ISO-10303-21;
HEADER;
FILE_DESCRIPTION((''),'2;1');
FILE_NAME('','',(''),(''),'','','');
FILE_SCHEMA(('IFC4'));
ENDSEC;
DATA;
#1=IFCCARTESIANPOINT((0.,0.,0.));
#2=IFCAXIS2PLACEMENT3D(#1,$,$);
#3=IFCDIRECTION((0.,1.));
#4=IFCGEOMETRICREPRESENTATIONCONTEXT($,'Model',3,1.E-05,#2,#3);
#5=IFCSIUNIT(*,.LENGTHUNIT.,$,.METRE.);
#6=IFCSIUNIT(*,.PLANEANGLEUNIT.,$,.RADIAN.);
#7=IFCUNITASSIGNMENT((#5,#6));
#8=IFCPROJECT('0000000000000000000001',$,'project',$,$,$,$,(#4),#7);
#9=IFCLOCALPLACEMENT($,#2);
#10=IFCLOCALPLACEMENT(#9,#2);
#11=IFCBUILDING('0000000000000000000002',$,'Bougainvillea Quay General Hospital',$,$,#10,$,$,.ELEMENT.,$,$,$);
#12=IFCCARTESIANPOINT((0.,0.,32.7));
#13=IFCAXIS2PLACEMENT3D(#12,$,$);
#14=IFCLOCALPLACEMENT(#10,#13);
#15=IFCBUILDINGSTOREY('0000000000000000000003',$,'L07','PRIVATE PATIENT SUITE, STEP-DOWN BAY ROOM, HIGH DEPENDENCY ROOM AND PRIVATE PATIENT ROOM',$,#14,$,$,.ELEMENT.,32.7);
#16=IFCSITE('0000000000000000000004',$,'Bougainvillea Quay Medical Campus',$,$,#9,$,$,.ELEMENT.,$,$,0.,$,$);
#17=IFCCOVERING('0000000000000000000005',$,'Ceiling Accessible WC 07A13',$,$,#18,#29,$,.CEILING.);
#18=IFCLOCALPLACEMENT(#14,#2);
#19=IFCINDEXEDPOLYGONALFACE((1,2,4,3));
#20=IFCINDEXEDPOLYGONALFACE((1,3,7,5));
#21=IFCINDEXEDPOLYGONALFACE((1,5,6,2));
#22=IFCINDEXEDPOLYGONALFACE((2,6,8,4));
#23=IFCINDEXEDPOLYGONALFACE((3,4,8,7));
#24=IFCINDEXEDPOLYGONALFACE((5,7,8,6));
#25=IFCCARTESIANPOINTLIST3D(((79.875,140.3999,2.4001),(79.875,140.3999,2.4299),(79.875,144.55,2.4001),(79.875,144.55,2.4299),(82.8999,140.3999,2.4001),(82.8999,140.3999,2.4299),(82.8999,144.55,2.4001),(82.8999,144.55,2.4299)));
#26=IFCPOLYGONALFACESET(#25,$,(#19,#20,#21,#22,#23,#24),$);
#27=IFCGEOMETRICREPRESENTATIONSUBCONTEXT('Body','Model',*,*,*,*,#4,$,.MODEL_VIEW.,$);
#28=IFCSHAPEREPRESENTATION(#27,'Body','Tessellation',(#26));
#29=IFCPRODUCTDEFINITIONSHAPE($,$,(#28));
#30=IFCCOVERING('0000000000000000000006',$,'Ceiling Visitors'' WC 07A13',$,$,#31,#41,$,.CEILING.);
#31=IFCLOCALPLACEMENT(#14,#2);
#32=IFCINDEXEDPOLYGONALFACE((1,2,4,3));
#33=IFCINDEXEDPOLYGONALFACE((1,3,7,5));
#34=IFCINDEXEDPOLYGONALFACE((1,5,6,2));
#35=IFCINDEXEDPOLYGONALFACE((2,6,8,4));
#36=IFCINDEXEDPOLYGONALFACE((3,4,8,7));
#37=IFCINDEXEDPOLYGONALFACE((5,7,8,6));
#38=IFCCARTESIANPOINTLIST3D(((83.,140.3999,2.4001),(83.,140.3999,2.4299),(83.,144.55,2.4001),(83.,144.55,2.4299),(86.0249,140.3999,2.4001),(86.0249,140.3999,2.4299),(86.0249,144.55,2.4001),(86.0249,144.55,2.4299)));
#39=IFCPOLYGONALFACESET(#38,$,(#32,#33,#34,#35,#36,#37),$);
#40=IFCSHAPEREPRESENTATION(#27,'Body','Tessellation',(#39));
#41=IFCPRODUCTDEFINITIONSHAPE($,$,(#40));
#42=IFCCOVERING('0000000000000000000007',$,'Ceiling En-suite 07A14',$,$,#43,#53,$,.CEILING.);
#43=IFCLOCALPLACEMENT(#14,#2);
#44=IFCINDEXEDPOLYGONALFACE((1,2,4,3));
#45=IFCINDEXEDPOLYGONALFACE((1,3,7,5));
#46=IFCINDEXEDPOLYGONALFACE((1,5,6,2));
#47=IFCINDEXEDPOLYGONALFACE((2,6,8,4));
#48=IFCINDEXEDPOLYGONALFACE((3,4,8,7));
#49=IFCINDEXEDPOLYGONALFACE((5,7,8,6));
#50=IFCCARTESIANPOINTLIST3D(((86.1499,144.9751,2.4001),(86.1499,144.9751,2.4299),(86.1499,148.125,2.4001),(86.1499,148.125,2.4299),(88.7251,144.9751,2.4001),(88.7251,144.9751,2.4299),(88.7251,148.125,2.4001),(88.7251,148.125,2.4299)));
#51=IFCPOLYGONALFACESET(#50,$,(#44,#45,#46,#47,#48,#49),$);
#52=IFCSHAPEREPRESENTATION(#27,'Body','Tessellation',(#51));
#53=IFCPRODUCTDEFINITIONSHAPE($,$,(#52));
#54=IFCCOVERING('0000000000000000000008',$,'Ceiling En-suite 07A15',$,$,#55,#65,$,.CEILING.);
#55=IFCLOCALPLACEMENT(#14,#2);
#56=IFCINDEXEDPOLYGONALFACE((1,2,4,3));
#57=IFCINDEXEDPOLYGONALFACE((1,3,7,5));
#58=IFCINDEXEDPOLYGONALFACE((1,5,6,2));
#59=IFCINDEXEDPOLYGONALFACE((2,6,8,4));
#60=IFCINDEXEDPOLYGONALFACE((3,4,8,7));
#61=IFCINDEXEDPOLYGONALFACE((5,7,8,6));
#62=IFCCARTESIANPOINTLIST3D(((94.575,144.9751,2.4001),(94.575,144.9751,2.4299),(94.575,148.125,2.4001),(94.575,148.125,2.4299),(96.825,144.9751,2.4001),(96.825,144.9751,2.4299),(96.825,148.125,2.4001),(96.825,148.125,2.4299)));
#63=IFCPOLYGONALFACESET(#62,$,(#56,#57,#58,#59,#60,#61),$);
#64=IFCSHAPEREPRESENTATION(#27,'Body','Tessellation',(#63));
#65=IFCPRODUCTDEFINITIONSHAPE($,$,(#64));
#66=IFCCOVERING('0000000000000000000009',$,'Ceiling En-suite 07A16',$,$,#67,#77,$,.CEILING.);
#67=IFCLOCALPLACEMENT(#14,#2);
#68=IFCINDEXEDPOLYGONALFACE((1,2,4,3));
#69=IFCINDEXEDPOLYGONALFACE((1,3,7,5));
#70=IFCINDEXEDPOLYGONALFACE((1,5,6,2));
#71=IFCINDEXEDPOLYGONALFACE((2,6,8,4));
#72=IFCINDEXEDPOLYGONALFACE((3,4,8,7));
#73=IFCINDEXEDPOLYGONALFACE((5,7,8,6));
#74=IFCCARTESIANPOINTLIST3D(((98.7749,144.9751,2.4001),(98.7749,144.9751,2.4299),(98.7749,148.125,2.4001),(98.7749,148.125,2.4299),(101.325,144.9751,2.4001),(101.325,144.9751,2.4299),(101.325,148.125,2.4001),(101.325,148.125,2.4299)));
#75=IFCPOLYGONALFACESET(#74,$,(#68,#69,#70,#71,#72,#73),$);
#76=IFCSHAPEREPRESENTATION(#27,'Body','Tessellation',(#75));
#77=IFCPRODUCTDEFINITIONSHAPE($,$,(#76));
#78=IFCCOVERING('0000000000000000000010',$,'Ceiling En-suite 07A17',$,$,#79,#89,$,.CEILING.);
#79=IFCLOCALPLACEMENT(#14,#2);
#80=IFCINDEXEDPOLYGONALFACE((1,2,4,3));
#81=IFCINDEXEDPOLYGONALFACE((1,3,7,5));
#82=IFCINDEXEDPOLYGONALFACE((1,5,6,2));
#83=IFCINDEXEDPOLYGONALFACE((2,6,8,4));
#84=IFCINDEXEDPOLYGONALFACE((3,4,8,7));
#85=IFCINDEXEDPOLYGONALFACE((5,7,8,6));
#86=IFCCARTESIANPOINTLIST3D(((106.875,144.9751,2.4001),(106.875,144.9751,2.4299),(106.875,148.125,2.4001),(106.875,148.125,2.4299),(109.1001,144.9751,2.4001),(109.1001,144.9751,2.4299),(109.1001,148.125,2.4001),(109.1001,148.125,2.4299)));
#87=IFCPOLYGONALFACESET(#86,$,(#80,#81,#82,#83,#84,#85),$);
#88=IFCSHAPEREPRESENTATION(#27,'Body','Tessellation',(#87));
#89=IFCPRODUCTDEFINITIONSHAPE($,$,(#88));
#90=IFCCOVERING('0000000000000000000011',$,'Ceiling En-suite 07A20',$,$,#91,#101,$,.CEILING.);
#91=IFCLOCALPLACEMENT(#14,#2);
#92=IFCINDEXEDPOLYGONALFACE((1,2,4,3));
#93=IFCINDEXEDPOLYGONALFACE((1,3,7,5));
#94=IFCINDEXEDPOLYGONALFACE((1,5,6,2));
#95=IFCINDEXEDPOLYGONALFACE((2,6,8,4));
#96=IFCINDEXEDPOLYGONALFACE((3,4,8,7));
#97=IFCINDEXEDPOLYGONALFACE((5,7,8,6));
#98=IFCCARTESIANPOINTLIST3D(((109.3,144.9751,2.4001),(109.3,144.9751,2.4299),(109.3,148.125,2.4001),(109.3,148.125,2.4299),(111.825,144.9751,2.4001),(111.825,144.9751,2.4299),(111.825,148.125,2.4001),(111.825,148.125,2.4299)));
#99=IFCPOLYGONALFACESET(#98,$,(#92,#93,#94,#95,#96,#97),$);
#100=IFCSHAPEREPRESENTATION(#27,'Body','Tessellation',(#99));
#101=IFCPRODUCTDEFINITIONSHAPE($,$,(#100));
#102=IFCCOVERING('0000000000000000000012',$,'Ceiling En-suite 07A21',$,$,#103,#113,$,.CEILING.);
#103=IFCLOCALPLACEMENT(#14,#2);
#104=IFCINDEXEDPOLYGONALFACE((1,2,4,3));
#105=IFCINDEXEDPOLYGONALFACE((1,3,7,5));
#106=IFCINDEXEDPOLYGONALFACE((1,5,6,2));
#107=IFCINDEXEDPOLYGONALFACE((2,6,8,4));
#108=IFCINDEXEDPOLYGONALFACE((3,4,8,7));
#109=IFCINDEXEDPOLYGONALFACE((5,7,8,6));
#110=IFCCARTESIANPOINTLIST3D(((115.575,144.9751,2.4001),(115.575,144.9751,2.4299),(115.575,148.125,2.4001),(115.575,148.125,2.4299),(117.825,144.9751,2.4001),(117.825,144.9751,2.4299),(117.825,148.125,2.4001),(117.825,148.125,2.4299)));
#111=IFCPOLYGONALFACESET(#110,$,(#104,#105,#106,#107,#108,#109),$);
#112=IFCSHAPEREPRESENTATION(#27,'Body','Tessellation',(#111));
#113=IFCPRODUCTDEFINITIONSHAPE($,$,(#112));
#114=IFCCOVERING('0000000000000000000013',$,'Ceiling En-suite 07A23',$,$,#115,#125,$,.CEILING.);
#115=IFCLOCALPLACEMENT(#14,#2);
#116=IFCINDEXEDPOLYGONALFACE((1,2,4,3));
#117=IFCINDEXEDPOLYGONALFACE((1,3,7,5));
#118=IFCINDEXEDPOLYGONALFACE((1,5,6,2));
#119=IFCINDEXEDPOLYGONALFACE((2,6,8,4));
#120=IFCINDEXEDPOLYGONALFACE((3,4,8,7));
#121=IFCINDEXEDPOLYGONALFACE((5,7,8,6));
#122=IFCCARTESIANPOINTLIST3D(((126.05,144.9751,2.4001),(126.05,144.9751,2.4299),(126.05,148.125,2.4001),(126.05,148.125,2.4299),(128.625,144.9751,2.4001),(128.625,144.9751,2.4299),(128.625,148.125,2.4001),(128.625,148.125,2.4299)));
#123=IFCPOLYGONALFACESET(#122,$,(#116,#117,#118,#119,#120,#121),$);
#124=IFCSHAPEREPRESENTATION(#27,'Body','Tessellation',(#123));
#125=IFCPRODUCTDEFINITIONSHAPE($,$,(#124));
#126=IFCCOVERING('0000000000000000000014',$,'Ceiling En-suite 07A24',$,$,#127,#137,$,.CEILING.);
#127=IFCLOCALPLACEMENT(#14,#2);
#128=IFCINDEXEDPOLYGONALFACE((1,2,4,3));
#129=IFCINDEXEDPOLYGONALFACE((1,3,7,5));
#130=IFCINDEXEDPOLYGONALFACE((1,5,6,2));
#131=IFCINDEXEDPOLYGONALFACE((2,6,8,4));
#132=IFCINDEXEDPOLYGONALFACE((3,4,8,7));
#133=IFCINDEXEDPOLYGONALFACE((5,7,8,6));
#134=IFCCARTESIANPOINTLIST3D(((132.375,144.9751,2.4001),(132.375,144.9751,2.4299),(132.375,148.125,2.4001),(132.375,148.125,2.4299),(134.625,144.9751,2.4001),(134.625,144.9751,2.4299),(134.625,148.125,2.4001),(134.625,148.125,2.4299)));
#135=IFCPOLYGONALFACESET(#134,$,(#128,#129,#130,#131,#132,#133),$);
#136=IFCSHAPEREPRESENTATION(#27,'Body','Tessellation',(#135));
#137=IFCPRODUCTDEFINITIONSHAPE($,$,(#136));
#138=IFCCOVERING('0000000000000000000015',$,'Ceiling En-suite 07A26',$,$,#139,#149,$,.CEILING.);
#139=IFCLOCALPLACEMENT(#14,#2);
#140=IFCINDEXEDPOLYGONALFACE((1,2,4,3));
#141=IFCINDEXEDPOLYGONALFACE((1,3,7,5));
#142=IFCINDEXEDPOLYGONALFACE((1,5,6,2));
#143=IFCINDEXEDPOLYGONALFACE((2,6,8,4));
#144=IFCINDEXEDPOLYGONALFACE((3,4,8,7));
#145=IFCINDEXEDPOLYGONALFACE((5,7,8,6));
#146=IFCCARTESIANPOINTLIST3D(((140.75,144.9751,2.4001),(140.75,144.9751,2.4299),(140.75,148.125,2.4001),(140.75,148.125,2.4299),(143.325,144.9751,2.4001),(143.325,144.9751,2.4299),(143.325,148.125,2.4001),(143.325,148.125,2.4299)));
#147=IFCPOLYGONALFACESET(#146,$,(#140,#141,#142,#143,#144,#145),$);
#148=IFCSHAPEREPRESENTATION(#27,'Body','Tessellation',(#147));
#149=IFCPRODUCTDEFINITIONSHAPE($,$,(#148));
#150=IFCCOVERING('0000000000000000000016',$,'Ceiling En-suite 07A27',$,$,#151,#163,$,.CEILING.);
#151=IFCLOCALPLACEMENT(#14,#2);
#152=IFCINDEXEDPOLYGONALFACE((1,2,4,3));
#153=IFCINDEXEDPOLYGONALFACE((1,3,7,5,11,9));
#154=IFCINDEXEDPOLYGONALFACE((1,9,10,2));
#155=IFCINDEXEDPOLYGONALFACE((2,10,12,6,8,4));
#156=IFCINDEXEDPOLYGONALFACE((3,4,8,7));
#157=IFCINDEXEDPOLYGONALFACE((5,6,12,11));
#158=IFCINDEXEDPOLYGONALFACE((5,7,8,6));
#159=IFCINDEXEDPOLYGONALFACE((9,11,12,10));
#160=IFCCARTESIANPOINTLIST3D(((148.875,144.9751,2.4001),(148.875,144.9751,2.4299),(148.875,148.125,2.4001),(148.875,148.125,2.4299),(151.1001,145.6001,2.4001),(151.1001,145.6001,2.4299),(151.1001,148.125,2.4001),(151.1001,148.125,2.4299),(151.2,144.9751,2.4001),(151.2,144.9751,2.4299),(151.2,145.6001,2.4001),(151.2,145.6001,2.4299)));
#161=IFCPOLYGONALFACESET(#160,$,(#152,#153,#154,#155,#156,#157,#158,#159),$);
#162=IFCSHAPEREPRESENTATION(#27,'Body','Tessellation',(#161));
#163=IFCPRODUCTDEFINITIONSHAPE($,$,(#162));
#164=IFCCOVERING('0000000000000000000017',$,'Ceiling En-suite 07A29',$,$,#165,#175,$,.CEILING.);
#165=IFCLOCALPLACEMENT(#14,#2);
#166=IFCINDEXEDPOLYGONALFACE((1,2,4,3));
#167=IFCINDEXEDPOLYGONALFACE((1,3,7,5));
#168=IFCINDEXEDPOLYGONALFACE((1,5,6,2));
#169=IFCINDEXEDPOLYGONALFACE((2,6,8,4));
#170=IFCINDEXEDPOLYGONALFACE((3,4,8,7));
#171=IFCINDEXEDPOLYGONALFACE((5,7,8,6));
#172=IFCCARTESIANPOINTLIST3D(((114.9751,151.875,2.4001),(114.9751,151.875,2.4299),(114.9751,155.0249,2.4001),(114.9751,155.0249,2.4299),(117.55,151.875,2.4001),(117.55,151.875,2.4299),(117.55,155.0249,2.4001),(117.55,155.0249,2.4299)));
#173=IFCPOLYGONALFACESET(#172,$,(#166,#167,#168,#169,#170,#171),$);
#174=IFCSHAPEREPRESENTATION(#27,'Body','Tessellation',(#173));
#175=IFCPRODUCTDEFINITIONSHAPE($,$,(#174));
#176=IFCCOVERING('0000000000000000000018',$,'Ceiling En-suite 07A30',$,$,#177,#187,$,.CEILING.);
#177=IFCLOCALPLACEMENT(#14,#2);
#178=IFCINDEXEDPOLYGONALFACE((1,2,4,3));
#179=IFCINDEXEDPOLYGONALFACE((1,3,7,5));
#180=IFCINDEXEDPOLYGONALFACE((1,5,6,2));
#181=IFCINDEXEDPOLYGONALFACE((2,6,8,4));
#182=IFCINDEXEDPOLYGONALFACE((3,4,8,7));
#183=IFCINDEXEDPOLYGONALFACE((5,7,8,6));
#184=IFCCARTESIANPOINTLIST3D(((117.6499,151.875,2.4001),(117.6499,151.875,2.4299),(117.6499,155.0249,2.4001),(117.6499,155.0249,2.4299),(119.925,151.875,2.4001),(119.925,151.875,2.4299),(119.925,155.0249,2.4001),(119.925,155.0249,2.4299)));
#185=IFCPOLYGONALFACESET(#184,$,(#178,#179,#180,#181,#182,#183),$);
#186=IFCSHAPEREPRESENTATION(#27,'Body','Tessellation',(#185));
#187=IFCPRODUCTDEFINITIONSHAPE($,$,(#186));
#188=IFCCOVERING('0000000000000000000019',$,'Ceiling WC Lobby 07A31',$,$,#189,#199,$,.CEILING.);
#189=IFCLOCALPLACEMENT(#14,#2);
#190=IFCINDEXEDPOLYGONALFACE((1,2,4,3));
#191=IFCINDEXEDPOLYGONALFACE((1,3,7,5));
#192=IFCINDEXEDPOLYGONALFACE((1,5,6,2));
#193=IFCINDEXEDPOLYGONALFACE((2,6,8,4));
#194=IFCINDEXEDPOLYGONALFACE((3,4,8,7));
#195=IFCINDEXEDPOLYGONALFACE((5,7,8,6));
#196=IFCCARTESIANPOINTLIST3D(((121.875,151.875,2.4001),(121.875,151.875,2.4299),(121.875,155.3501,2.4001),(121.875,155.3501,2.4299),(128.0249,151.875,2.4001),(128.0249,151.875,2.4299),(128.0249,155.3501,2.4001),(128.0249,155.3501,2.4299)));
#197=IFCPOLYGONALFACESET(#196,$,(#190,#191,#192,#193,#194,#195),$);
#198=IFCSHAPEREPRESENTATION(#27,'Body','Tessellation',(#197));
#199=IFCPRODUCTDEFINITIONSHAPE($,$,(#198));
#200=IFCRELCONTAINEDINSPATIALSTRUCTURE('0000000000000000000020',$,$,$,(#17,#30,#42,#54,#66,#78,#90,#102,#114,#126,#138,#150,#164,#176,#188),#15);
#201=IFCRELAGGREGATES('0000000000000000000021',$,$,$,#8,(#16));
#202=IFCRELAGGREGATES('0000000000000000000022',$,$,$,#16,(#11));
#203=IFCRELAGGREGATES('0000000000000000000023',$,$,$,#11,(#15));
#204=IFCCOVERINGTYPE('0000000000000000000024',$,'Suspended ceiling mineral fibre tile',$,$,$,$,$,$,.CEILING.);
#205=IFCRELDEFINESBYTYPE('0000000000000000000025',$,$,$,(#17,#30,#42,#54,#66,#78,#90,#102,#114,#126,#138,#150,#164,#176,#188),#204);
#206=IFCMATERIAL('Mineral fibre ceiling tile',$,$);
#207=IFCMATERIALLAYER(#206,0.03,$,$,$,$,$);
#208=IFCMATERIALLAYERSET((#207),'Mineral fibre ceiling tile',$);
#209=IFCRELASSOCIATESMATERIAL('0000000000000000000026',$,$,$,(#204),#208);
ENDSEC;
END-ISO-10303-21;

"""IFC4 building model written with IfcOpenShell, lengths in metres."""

from ifc_helpers import new_model, si_unit, direction, frame, origin, place, context, subcontext, project, spatial, polyline, outline, extrude, material, layer, layer_set, type_object, element, save


model = new_model("IFC4")

# Units and contexts
model_context = context("Model", 3, precision=1e-05, world=origin(), true_north=direction((0.0, 1.0)))
body_context = subcontext(model_context, "Body", "Model", "MODEL_VIEW")
ifc_project = project(units=[si_unit("LENGTHUNIT", "METRE"), si_unit("PLANEANGLEUNIT", "RADIAN")], contexts=[model_context])

# Site, building, storey
site_placement = place(None, origin())
site = spatial("IfcSite", under=ifc_project, at=site_placement, Name="Bougainvillea Quay Medical Campus", CompositionType="ELEMENT", RefElevation=0.0)
building_placement = place(site_placement, origin())
building = spatial("IfcBuilding", under=site, at=building_placement, Name="Bougainvillea Quay General Hospital", CompositionType="ELEMENT")
storey_placement = place(building_placement, frame((0.0, 0.0, 32.7)))
storey = spatial("IfcBuildingStorey", under=building, at=storey_placement, Name="L07", Description="PRIVATE PATIENT SUITE, STEP-DOWN BAY ROOM, HIGH DEPENDENCY ROOM AND PRIVATE PATIENT ROOM", CompositionType="ELEMENT", Elevation=32.7)

# Coverings
ifc_material = material(Name="Mineral fibre ceiling tile")
ifc_layer = layer(ifc_material, 0.03)
ifc_layer_set = layer_set([ifc_layer], Name="Mineral fibre ceiling tile")
covering_type = type_object("IfcCoveringType", Name="Suspended ceiling mineral fibre tile", PredefinedType="CEILING", material=ifc_layer_set)
covering_1_placement = place(storey_placement, frame((0.0, 0.0, 2.4001)))
element("IfcCovering", 1, at=covering_1_placement, inside=storey, type_object=covering_type, Name="Ceiling Accessible WC 07A13", PredefinedType="CEILING", context=body_context, shape_type="SweptSolid", body=[
    extrude(outline(polyline([(82.8999, 140.3999), (82.8999, 144.55), (79.875, 144.55), (79.875, 140.3999), (82.8999, 140.3999)])), origin(), (0.0, 0.0, 1.0), 0.0298),
])
covering_2_placement = place(storey_placement, frame((0.0, 0.0, 2.4001)))
element("IfcCovering", 2, at=covering_2_placement, inside=storey, type_object=covering_type, Name="Ceiling Visitors' WC 07A13", PredefinedType="CEILING", context=body_context, shape_type="SweptSolid", body=[
    extrude(outline(polyline([(86.0249, 140.3999), (86.0249, 144.55), (83.0, 144.55), (83.0, 140.3999), (86.0249, 140.3999)])), origin(), (0.0, 0.0, 1.0), 0.0298),
])
covering_3_placement = place(storey_placement, frame((0.0, 0.0, 2.4001)))
element("IfcCovering", 3, at=covering_3_placement, inside=storey, type_object=covering_type, Name="Ceiling En-suite 07A14", PredefinedType="CEILING", context=body_context, shape_type="SweptSolid", body=[
    extrude(outline(polyline([(86.1499, 148.125), (86.1499, 144.9751), (88.7251, 144.9751), (88.7251, 148.125), (86.1499, 148.125)])), origin(), (0.0, 0.0, 1.0), 0.0298),
])
covering_4_placement = place(storey_placement, frame((0.0, 0.0, 2.4001)))
element("IfcCovering", 4, at=covering_4_placement, inside=storey, type_object=covering_type, Name="Ceiling En-suite 07A15", PredefinedType="CEILING", context=body_context, shape_type="SweptSolid", body=[
    extrude(outline(polyline([(94.575, 148.125), (94.575, 144.9751), (96.825, 144.9751), (96.825, 148.125), (94.575, 148.125)])), origin(), (0.0, 0.0, 1.0), 0.0298),
])
covering_5_placement = place(storey_placement, frame((0.0, 0.0, 2.4001)))
element("IfcCovering", 5, at=covering_5_placement, inside=storey, type_object=covering_type, Name="Ceiling En-suite 07A16", PredefinedType="CEILING", context=body_context, shape_type="SweptSolid", body=[
    extrude(outline(polyline([(98.7749, 148.125), (98.7749, 144.9751), (101.325, 144.9751), (101.325, 148.125), (98.7749, 148.125)])), origin(), (0.0, 0.0, 1.0), 0.0298),
])
covering_6_placement = place(storey_placement, frame((0.0, 0.0, 2.4001)))
element("IfcCovering", 6, at=covering_6_placement, inside=storey, type_object=covering_type, Name="Ceiling En-suite 07A17", PredefinedType="CEILING", context=body_context, shape_type="SweptSolid", body=[
    extrude(outline(polyline([(106.875, 148.125), (106.875, 144.9751), (109.1001, 144.9751), (109.1001, 148.125), (106.875, 148.125)])), origin(), (0.0, 0.0, 1.0), 0.0298),
])
covering_7_placement = place(storey_placement, frame((0.0, 0.0, 2.4001)))
element("IfcCovering", 7, at=covering_7_placement, inside=storey, type_object=covering_type, Name="Ceiling En-suite 07A20", PredefinedType="CEILING", context=body_context, shape_type="SweptSolid", body=[
    extrude(outline(polyline([(109.3, 148.125), (109.3, 144.9751), (111.825, 144.9751), (111.825, 148.125), (109.3, 148.125)])), origin(), (0.0, 0.0, 1.0), 0.0298),
])
covering_8_placement = place(storey_placement, frame((0.0, 0.0, 2.4001)))
element("IfcCovering", 8, at=covering_8_placement, inside=storey, type_object=covering_type, Name="Ceiling En-suite 07A21", PredefinedType="CEILING", context=body_context, shape_type="SweptSolid", body=[
    extrude(outline(polyline([(115.575, 148.125), (115.575, 144.9751), (117.825, 144.9751), (117.825, 148.125), (115.575, 148.125)])), origin(), (0.0, 0.0, 1.0), 0.0298),
])
covering_9_placement = place(storey_placement, frame((0.0, 0.0, 2.4001)))
element("IfcCovering", 9, at=covering_9_placement, inside=storey, type_object=covering_type, Name="Ceiling En-suite 07A23", PredefinedType="CEILING", context=body_context, shape_type="SweptSolid", body=[
    extrude(outline(polyline([(126.05, 148.125), (126.05, 144.9751), (128.625, 144.9751), (128.625, 148.125), (126.05, 148.125)])), origin(), (0.0, 0.0, 1.0), 0.0298),
])
covering_10_placement = place(storey_placement, frame((0.0, 0.0, 2.4001)))
element("IfcCovering", 10, at=covering_10_placement, inside=storey, type_object=covering_type, Name="Ceiling En-suite 07A24", PredefinedType="CEILING", context=body_context, shape_type="SweptSolid", body=[
    extrude(outline(polyline([(132.375, 148.125), (132.375, 144.9751), (134.625, 144.9751), (134.625, 148.125), (132.375, 148.125)])), origin(), (0.0, 0.0, 1.0), 0.0298),
])
covering_11_placement = place(storey_placement, frame((0.0, 0.0, 2.4001)))
element("IfcCovering", 11, at=covering_11_placement, inside=storey, type_object=covering_type, Name="Ceiling En-suite 07A26", PredefinedType="CEILING", context=body_context, shape_type="SweptSolid", body=[
    extrude(outline(polyline([(140.75, 144.9751), (143.325, 144.9751), (143.325, 148.125), (140.75, 148.125), (140.75, 144.9751)])), origin(), (0.0, 0.0, 1.0), 0.0298),
])
covering_12_placement = place(storey_placement, frame((0.0, 0.0, 2.4001)))
element("IfcCovering", 12, at=covering_12_placement, inside=storey, type_object=covering_type, Name="Ceiling En-suite 07A27", PredefinedType="CEILING", context=body_context, shape_type="SweptSolid", body=[
    extrude(outline(polyline([(151.2, 145.6001), (151.1001, 145.6001), (151.1001, 148.125), (148.875, 148.125), (148.875, 144.9751), (151.2, 144.9751), (151.2, 145.6001)])), origin(), (0.0, 0.0, 1.0), 0.0298),
])
covering_13_placement = place(storey_placement, frame((0.0, 0.0, 2.4001)))
element("IfcCovering", 13, at=covering_13_placement, inside=storey, type_object=covering_type, Name="Ceiling En-suite 07A29", PredefinedType="CEILING", context=body_context, shape_type="SweptSolid", body=[
    extrude(outline(polyline([(114.9751, 155.0249), (114.9751, 151.875), (117.55, 151.875), (117.55, 155.0249), (114.9751, 155.0249)])), origin(), (0.0, 0.0, 1.0), 0.0298),
])
covering_14_placement = place(storey_placement, frame((0.0, 0.0, 2.4001)))
element("IfcCovering", 14, at=covering_14_placement, inside=storey, type_object=covering_type, Name="Ceiling En-suite 07A30", PredefinedType="CEILING", context=body_context, shape_type="SweptSolid", body=[
    extrude(outline(polyline([(117.6499, 155.0249), (117.6499, 151.875), (119.925, 151.875), (119.925, 155.0249), (117.6499, 155.0249)])), origin(), (0.0, 0.0, 1.0), 0.0298),
])
covering_15_placement = place(storey_placement, frame((0.0, 0.0, 2.4001)))
element("IfcCovering", 15, at=covering_15_placement, inside=storey, type_object=covering_type, Name="Ceiling WC Lobby 07A31", PredefinedType="CEILING", context=body_context, shape_type="SweptSolid", body=[
    extrude(outline(polyline([(121.875, 155.3501), (121.875, 151.875), (128.0249, 151.875), (128.0249, 155.3501), (121.875, 155.3501)])), origin(), (0.0, 0.0, 1.0), 0.0298),
])

save(model, "model.ifc")
